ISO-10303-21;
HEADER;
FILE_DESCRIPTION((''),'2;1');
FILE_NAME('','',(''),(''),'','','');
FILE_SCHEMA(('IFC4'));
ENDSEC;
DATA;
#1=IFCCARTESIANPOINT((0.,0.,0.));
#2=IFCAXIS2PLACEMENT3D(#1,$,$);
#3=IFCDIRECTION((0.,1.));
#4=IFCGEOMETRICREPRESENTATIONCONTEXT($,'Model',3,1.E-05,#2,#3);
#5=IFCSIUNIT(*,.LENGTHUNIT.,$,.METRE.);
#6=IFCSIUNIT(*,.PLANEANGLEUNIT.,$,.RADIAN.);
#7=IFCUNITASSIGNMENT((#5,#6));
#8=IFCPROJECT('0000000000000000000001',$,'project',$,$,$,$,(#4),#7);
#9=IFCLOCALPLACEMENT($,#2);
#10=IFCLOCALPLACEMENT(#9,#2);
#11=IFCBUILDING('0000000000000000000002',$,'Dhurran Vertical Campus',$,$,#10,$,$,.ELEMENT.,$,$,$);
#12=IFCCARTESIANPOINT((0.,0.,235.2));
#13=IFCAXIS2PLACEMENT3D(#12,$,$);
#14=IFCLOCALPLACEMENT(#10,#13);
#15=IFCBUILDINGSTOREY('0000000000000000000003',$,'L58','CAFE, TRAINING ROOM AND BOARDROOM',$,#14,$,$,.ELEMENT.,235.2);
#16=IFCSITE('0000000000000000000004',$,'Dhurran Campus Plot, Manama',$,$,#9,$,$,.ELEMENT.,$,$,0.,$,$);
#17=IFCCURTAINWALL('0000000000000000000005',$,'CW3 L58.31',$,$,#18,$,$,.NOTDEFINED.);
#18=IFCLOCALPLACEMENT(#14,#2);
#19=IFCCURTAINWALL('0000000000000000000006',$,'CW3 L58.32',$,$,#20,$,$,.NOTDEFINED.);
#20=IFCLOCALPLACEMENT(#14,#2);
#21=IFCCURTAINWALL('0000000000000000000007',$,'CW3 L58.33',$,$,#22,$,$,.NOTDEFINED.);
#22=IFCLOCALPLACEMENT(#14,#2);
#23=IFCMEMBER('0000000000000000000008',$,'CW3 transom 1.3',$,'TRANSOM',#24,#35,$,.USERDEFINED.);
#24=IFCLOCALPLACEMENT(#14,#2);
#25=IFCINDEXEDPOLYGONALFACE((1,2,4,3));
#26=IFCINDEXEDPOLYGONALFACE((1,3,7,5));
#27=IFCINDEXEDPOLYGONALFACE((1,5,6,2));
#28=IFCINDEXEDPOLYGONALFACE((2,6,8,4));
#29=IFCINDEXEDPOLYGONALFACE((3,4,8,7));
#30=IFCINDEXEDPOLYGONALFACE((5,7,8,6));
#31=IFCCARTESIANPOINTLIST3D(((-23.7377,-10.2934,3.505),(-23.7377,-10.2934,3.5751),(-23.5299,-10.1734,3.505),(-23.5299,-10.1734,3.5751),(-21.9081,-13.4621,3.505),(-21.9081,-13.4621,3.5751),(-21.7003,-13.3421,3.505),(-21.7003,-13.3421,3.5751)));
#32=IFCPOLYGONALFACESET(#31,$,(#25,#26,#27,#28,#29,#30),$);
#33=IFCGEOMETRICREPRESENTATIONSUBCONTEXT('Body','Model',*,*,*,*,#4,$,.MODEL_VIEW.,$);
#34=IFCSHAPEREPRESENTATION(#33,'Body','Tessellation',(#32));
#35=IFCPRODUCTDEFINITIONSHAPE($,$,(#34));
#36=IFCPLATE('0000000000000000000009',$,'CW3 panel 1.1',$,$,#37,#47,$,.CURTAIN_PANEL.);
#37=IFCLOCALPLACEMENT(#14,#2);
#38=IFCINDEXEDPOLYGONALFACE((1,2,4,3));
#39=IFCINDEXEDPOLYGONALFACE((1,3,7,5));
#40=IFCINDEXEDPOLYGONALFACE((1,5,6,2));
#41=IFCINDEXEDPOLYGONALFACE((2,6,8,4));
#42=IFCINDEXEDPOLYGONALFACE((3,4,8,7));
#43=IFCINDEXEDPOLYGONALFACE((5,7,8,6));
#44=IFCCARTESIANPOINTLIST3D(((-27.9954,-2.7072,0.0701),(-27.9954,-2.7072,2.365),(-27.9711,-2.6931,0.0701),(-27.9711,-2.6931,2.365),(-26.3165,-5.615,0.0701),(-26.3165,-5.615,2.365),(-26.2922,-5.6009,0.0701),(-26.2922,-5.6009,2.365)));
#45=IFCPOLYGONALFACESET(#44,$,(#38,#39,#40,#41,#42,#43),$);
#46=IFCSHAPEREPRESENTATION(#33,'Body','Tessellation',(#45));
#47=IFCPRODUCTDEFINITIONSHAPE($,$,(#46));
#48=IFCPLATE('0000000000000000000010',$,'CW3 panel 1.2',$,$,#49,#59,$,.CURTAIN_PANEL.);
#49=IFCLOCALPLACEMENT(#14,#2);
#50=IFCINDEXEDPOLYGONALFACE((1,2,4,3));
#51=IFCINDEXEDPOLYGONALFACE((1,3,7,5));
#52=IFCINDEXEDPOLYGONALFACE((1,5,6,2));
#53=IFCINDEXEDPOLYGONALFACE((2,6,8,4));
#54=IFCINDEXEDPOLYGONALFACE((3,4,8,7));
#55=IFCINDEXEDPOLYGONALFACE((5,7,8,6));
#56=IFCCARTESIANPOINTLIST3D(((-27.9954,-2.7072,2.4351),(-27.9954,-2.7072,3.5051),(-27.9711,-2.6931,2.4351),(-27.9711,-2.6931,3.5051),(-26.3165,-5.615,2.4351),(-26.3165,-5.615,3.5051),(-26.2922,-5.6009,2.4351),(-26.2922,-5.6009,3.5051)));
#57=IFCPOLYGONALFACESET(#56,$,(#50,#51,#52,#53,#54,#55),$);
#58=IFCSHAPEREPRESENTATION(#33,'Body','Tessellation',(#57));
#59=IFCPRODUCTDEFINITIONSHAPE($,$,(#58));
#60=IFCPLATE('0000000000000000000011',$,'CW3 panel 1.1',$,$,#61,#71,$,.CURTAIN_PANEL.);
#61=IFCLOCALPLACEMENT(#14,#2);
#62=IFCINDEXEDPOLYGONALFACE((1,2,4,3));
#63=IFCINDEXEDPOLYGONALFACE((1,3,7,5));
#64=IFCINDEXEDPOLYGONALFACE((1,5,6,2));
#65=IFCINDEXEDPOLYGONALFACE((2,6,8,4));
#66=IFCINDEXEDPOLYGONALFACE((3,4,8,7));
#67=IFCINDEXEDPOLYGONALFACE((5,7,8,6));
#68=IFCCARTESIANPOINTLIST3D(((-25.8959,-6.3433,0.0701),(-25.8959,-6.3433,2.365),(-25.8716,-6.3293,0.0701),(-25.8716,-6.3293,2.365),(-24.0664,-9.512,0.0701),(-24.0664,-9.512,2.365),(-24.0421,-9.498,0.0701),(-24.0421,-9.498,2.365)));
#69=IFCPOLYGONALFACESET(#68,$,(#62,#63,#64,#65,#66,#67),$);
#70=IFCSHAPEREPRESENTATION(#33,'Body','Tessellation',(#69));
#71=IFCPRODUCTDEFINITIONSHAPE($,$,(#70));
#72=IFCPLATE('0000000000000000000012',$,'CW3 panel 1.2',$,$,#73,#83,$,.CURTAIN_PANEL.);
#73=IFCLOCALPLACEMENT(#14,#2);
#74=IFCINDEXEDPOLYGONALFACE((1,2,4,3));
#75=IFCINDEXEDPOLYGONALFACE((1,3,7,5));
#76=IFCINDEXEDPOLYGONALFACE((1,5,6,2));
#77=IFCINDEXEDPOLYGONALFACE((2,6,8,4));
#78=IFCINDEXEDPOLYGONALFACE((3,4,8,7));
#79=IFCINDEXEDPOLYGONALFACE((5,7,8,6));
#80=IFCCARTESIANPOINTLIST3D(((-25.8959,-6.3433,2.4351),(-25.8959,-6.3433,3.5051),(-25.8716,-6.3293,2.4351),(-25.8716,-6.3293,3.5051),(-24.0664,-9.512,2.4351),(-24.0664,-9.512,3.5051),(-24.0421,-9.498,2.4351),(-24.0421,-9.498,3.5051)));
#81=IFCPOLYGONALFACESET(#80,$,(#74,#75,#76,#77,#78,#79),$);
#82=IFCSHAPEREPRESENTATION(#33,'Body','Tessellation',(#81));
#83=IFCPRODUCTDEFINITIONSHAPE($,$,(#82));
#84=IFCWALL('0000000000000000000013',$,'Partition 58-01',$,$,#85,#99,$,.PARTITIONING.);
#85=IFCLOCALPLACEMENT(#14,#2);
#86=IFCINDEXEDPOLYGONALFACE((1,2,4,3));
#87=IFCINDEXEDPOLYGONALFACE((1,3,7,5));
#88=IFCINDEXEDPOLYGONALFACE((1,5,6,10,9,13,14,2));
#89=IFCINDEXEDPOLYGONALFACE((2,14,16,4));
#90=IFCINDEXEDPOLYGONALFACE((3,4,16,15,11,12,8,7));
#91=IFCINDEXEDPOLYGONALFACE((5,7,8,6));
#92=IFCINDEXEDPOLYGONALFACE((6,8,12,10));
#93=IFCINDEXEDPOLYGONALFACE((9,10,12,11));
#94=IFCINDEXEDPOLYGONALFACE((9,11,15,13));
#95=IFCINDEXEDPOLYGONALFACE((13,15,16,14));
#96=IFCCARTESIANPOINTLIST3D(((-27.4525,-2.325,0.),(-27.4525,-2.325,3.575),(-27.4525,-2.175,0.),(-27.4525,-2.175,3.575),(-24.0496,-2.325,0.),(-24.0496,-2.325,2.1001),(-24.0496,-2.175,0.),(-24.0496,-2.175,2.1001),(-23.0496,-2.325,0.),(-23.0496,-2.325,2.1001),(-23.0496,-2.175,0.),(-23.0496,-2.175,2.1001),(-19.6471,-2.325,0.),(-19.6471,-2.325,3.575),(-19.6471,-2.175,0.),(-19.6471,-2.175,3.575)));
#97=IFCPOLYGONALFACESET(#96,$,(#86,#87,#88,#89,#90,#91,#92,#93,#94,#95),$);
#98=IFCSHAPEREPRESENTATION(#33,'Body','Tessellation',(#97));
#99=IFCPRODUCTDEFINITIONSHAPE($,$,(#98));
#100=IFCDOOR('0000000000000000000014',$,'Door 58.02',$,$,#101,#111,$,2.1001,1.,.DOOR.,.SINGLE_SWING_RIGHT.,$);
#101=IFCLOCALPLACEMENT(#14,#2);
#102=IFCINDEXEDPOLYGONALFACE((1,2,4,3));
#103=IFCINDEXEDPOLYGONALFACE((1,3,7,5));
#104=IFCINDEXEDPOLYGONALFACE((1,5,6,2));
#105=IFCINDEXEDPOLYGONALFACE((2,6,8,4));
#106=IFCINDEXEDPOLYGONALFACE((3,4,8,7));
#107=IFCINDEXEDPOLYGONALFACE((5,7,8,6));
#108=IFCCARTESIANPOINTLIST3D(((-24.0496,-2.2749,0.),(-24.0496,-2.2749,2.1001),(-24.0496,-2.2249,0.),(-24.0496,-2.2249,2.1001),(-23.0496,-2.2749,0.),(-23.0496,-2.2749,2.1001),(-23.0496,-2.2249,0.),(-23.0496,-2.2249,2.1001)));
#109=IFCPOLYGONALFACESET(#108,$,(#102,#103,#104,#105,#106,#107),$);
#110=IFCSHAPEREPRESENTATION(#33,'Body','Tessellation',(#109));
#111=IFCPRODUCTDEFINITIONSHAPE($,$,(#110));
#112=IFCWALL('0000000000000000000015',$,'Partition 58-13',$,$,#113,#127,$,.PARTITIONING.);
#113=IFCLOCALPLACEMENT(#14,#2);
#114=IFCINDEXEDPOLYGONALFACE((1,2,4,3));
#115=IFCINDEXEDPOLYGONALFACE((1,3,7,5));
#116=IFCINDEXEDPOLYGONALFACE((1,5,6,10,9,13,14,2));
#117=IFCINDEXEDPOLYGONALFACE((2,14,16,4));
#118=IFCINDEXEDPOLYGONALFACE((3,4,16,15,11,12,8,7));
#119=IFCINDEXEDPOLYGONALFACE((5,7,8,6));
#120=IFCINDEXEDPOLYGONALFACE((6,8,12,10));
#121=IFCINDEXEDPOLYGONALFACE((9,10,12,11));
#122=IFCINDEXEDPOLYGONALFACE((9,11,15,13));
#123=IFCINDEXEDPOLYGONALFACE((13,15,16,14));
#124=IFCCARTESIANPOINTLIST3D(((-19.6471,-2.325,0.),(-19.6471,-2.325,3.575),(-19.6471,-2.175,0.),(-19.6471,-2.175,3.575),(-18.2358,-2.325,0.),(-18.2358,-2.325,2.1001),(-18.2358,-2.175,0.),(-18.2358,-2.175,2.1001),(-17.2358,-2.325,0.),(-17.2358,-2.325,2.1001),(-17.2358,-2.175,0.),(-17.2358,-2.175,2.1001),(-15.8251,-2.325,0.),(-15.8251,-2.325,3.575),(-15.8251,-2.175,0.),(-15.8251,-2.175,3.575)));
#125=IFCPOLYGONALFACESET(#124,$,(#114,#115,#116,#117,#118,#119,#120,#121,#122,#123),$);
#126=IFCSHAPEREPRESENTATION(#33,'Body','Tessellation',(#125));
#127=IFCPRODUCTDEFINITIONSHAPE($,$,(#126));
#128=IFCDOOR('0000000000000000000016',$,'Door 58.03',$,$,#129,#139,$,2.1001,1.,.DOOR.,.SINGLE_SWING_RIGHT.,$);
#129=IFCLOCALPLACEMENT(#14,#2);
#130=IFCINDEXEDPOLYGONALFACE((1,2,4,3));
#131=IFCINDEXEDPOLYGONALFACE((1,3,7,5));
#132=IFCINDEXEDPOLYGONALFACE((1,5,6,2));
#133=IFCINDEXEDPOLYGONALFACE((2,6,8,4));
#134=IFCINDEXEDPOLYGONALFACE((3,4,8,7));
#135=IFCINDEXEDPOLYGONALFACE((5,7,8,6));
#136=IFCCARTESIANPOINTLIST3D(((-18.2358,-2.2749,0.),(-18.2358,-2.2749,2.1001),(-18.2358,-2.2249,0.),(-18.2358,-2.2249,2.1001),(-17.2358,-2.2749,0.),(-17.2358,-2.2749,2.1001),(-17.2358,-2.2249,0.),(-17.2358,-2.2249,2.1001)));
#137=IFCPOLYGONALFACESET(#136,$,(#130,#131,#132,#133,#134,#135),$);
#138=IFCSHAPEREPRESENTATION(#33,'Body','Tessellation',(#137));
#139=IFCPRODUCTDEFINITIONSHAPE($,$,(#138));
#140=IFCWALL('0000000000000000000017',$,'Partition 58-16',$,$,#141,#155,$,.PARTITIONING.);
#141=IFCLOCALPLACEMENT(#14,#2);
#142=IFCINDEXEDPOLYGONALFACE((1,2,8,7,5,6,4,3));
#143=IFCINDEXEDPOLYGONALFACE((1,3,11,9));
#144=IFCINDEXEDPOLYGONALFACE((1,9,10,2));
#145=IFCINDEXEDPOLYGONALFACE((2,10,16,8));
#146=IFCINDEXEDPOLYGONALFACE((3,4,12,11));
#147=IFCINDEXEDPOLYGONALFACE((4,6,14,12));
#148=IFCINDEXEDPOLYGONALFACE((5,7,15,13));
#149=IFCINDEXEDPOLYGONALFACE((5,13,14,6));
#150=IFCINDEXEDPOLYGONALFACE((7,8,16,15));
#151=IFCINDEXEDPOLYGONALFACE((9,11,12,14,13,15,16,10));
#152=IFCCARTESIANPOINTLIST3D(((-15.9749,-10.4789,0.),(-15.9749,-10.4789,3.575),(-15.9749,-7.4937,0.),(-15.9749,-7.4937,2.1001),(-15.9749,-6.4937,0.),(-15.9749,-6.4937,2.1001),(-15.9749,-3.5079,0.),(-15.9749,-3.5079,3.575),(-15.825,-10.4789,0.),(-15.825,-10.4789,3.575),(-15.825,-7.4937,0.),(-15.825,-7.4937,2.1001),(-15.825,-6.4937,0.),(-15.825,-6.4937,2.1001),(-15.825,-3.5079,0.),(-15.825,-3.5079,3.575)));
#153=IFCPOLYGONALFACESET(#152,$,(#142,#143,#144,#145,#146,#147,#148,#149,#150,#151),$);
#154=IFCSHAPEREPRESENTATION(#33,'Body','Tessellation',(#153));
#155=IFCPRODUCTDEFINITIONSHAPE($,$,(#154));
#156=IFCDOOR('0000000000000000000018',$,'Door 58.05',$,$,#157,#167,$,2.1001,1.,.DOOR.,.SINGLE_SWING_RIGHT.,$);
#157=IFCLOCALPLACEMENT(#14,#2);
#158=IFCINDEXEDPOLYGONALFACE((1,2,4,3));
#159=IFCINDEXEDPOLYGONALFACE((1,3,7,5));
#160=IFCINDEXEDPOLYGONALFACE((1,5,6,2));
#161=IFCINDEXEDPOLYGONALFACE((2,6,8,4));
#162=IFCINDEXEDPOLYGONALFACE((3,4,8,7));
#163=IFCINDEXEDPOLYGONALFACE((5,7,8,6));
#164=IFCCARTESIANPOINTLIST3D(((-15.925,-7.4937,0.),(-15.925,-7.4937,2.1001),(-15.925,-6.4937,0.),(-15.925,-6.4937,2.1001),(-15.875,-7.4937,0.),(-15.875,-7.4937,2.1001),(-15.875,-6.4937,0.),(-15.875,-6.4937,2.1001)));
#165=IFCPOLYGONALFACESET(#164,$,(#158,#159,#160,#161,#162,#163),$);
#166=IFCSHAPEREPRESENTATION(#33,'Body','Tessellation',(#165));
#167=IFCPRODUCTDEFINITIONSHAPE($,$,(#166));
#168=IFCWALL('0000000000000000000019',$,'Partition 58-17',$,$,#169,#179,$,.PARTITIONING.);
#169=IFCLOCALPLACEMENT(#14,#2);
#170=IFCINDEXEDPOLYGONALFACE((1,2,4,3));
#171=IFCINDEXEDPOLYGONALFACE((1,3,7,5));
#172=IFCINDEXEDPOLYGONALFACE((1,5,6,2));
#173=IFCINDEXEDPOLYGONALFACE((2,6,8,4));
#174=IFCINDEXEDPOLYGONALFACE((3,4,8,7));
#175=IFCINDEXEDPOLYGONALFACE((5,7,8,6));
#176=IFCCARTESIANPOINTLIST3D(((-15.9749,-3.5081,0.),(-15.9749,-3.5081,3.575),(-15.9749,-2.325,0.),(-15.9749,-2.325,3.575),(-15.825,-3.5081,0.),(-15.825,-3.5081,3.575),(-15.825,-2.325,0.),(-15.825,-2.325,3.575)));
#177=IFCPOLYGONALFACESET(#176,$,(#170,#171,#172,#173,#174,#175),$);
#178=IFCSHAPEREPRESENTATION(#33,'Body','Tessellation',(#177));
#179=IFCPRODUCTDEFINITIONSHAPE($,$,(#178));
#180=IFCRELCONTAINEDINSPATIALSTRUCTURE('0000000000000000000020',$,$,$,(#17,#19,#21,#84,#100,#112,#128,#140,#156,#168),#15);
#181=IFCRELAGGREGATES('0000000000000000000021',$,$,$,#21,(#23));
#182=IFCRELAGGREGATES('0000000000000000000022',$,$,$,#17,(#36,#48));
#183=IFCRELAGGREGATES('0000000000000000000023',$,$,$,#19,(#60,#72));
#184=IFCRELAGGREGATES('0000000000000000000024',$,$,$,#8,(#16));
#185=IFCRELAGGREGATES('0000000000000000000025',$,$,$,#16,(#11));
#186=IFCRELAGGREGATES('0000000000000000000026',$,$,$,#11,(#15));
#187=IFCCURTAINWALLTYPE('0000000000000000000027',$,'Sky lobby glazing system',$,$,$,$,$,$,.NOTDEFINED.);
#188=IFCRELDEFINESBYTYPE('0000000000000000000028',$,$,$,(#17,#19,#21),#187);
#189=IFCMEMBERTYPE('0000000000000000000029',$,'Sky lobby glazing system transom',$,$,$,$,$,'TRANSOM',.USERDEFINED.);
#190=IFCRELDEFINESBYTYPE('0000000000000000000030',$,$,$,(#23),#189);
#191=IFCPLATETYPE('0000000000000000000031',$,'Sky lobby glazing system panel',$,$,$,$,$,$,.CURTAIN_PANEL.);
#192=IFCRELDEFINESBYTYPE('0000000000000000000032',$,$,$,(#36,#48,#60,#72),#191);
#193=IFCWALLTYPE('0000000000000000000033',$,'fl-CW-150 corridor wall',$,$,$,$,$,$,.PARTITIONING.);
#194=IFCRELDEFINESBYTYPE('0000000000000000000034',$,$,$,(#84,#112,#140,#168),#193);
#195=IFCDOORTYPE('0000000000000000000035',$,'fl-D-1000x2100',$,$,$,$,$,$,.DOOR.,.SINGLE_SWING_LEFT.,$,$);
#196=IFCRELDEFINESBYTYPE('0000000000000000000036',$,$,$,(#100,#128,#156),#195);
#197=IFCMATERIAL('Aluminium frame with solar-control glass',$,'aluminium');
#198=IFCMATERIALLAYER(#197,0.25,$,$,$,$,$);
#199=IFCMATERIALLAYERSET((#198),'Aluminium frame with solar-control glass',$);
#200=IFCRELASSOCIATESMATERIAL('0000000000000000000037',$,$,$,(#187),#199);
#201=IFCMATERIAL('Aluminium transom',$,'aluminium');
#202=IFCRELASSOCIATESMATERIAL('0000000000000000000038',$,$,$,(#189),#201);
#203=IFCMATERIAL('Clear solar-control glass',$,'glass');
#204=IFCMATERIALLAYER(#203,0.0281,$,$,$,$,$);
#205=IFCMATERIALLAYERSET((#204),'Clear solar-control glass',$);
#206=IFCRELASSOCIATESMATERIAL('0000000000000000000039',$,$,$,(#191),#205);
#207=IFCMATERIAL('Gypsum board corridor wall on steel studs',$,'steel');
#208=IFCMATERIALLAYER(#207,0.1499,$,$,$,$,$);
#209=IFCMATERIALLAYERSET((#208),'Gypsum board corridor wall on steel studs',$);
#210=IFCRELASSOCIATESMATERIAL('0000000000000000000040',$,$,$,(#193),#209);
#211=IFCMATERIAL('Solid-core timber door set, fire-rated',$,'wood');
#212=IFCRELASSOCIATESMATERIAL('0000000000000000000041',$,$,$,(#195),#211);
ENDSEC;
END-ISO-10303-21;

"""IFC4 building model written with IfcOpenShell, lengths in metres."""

from ifc_helpers import new_model, si_unit, direction, frame, frame_2d, origin, origin_2d, place, context, subcontext, project, spatial, rectangle, extrude, material, layer, layer_set, material_profile, profile_set, type_object, element, fill, aggregate, save


model = new_model("IFC4")

# Units and contexts
model_context = context("Model", 3, precision=1e-05, world=origin(), true_north=direction((0.0, 1.0)))
body_context = subcontext(model_context, "Body", "Model", "MODEL_VIEW")
ifc_project = project(units=[si_unit("LENGTHUNIT", "METRE"), si_unit("PLANEANGLEUNIT", "RADIAN")], contexts=[model_context])

# Site, building, storey
site_placement = place(None, origin())
site = spatial("IfcSite", under=ifc_project, at=site_placement, Name="Dhurran Campus Plot, Manama", CompositionType="ELEMENT", RefElevation=0.0)
building_placement = place(site_placement, origin())
building = spatial("IfcBuilding", under=site, at=building_placement, Name="Dhurran Vertical Campus", CompositionType="ELEMENT")
storey_placement = place(building_placement, frame((0.0, 0.0, 235.2)))
storey = spatial("IfcBuildingStorey", under=building, at=storey_placement, Name="L58", Description="CAFE, TRAINING ROOM AND BOARDROOM", CompositionType="ELEMENT", Elevation=235.2)

# Curtain walls
ifc_material_1 = material(Name="Aluminium frame with solar-control glass", Category="aluminium")
ifc_layer_1 = layer(ifc_material_1, 0.25)
ifc_layer_set_1 = layer_set([ifc_layer_1], Name="Aluminium frame with solar-control glass")
curtain_wall_type = type_object("IfcCurtainWallType", Name="Sky lobby glazing system", PredefinedType="NOTDEFINED", material=ifc_layer_set_1)
curtain_wall_1_placement = place(storey_placement, origin())
curtain_wall_1 = element("IfcCurtainWall", 1, at=curtain_wall_1_placement, inside=storey, type_object=curtain_wall_type, Name="CW3 L58.31", PredefinedType="NOTDEFINED")
curtain_wall_2_placement = place(storey_placement, origin())
curtain_wall_2 = element("IfcCurtainWall", 2, at=curtain_wall_2_placement, inside=storey, type_object=curtain_wall_type, Name="CW3 L58.32", PredefinedType="NOTDEFINED")

# Curtain wall
curtain_wall_3_placement = place(storey_placement, origin())
curtain_wall_3 = element("IfcCurtainWall", 3, at=curtain_wall_3_placement, inside=storey, type_object=curtain_wall_type, Name="CW3 L58.33", PredefinedType="NOTDEFINED")

# Member
ifc_material_2 = material(Name="Aluminium transom", Category="aluminium")
ifc_material_profile_1 = material_profile(ifc_material_2, rectangle(XDim=0.24, YDim=0.0701, at=origin_2d()), Name="Sky lobby glazing system transom")
ifc_profile_set_1 = profile_set([ifc_material_profile_1], Name="Aluminium transom")
member_type_1 = type_object("IfcMemberType", Name="Sky lobby glazing system transom", ElementType="TRANSOM", PredefinedType="USERDEFINED", material=ifc_profile_set_1)
member_1_placement = place(storey_placement, frame((-23.6338, -10.2334, 3.54), z_axis=(0.500029, -0.866009, 0.0), x_axis=(0.866009, 0.500029, 0.0)))
member_1 = element("IfcMember", 4, at=member_1_placement, type_object=member_type_1, Name="CW3 transom 1.3", ObjectType="TRANSOM", PredefinedType="USERDEFINED", context=body_context, shape_type="SweptSolid", body=[
    extrude(rectangle(XDim=0.24, YDim=0.0701, at=origin_2d()), origin(), (0.0, 0.0, 1.0), 3.6589),
])
aggregate(curtain_wall_3, [member_1])

# Plates
ifc_material_3 = material(Name="Clear solar-control glass", Category="glass")
ifc_layer_2 = layer(ifc_material_3, 0.0281)
ifc_layer_set_2 = layer_set([ifc_layer_2], Name="Clear solar-control glass")
plate_type = type_object("IfcPlateType", Name="Sky lobby glazing system panel", PredefinedType="CURTAIN_PANEL", material=ifc_layer_set_2)
plate_1_placement = place(storey_placement, frame((-27.1438, -4.1541, 0.0701), z_axis=(0.0, 0.0, 1.0), x_axis=(0.500001, -0.866025, 0.0)))
plate_1 = element("IfcPlate", 5, at=plate_1_placement, type_object=plate_type, Name="CW3 panel 1.1", PredefinedType="CURTAIN_PANEL", context=body_context, shape_type="SweptSolid", body=[
    extrude(rectangle(XDim=3.3577, YDim=0.0281, at=origin_2d()), origin(), (0.0, 0.0, 1.0), 2.2949),
])
plate_2_placement = place(storey_placement, frame((-27.1438, -4.1541, 2.4351), z_axis=(0.0, 0.0, 1.0), x_axis=(0.500001, -0.866025, 0.0)))
plate_2 = element("IfcPlate", 6, at=plate_2_placement, type_object=plate_type, Name="CW3 panel 1.2", PredefinedType="CURTAIN_PANEL", context=body_context, shape_type="SweptSolid", body=[
    extrude(rectangle(XDim=3.3577, YDim=0.0281, at=origin_2d()), origin(), (0.0, 0.0, 1.0), 1.0701),
])
aggregate(curtain_wall_1, [plate_1, plate_2])
plate_3_placement = place(storey_placement, frame((-24.969, -7.9207, 0.0701), z_axis=(0.0, 0.0, 1.0), x_axis=(0.500003, -0.866023, 0.0)))
plate_3 = element("IfcPlate", 7, at=plate_3_placement, type_object=plate_type, Name="CW3 panel 1.1", PredefinedType="CURTAIN_PANEL", context=body_context, shape_type="SweptSolid", body=[
    extrude(rectangle(XDim=3.6589, YDim=0.0281, at=origin_2d()), origin(), (0.0, 0.0, 1.0), 2.2949),
])
plate_4_placement = place(storey_placement, frame((-24.969, -7.9207, 2.4351), z_axis=(0.0, 0.0, 1.0), x_axis=(0.500003, -0.866023, 0.0)))
plate_4 = element("IfcPlate", 8, at=plate_4_placement, type_object=plate_type, Name="CW3 panel 1.2", PredefinedType="CURTAIN_PANEL", context=body_context, shape_type="SweptSolid", body=[
    extrude(rectangle(XDim=3.6589, YDim=0.0281, at=origin_2d()), origin(), (0.0, 0.0, 1.0), 1.0701),
])
aggregate(curtain_wall_2, [plate_3, plate_4])

# Walls, openings, doors
ifc_material_4 = material(Name="Gypsum board corridor wall on steel studs", Category="steel")
ifc_layer_3 = layer(ifc_material_4, 0.1499)
ifc_layer_set_3 = layer_set([ifc_layer_3], Name="Gypsum board corridor wall on steel studs")
wall_type_1 = type_object("IfcWallType", Name="fl-CW-150 corridor wall", PredefinedType="PARTITIONING", material=ifc_layer_set_3)
wall_1_placement = place(storey_placement, frame((-19.647, -2.25, 0.0), z_axis=(0.0, 0.0, 1.0), x_axis=(-1.0, 0.0, 0.0)))
wall_1 = element("IfcWall", 9, at=wall_1_placement, inside=storey, type_object=wall_type_1, Name="Partition 58-01", PredefinedType="PARTITIONING", context=body_context, shape_type="SweptSolid", body=[
    extrude(rectangle(XDim=7.8054, YDim=0.1499, at=frame_2d((3.9028, 0.0))), origin(), (0.0, 0.0, 1.0), 3.575),
])
opening_1_placement = place(wall_1_placement, frame((3.4026, 0.0, 0.0)))
opening_1 = element("IfcOpeningElement", 10, at=opening_1_placement, cuts=wall_1, PredefinedType="OPENING", context=body_context, shape_type="SweptSolid", body=[
    extrude(rectangle(XDim=1.0, YDim=2.1001, at=frame_2d((0.5, 1.05))), frame((0.0, 0.085, 0.0), z_axis=(0.0, -1.0, 0.0), x_axis=(1.0, 0.0, 0.0)), (0.0, 0.0, 1.0), 0.1699),
])
ifc_material_5 = material(Name="Solid-core timber door set, fire-rated", Category="wood")
door_type = type_object("IfcDoorType", Name="fl-D-1000x2100", OperationType="SINGLE_SWING_LEFT", PredefinedType="DOOR", material=ifc_material_5)
door_1_placement = place(opening_1_placement, origin())
door_1 = element("IfcDoor", 11, at=door_1_placement, inside=storey, type_object=door_type, Name="Door 58.02", OperationType="SINGLE_SWING_RIGHT", OverallHeight=2.1001, OverallWidth=1.0, PredefinedType="DOOR", context=body_context, shape_type="SweptSolid", body=[
    extrude(rectangle(XDim=1.0, YDim=2.1001, at=frame_2d((0.5, 1.05))), frame((0.0, 0.0249, 0.0), z_axis=(0.0, -1.0, 0.0), x_axis=(1.0, 0.0, 0.0)), (0.0, 0.0, 1.0), 0.05),
])
fill(opening_1, door_1)
wall_2_placement = place(storey_placement, frame((-15.825, -2.25, 0.0), z_axis=(0.0, 0.0, 1.0), x_axis=(-1.0, 0.0, 0.0)))
wall_2 = element("IfcWall", 12, at=wall_2_placement, inside=storey, type_object=wall_type_1, Name="Partition 58-13", PredefinedType="PARTITIONING", context=body_context, shape_type="SweptSolid", body=[
    extrude(rectangle(XDim=3.822, YDim=0.1499, at=frame_2d((1.9111, 0.0))), origin(), (0.0, 0.0, 1.0), 3.575),
])
opening_2_placement = place(wall_2_placement, frame((1.4109, 0.0, 0.0)))
opening_2 = element("IfcOpeningElement", 13, at=opening_2_placement, cuts=wall_2, PredefinedType="OPENING", context=body_context, shape_type="SweptSolid", body=[
    extrude(rectangle(XDim=1.0, YDim=2.1001, at=frame_2d((0.5, 1.05))), frame((0.0, 0.085, 0.0), z_axis=(0.0, -1.0, 0.0), x_axis=(1.0, 0.0, 0.0)), (0.0, 0.0, 1.0), 0.1699),
])
door_2_placement = place(opening_2_placement, origin())
door_2 = element("IfcDoor", 14, at=door_2_placement, inside=storey, type_object=door_type, Name="Door 58.03", OperationType="SINGLE_SWING_RIGHT", OverallHeight=2.1001, OverallWidth=1.0, PredefinedType="DOOR", context=body_context, shape_type="SweptSolid", body=[
    extrude(rectangle(XDim=1.0, YDim=2.1001, at=frame_2d((0.5, 1.05))), frame((0.0, 0.0249, 0.0), z_axis=(0.0, -1.0, 0.0), x_axis=(1.0, 0.0, 0.0)), (0.0, 0.0, 1.0), 0.05),
])
fill(opening_2, door_2)
wall_3_placement = place(storey_placement, frame((-15.8999, -3.5081, 0.0), z_axis=(0.0, 0.0, 1.0), x_axis=(0.0, -1.0, 0.0)))
wall_3 = element("IfcWall", 15, at=wall_3_placement, inside=storey, type_object=wall_type_1, Name="Partition 58-16", PredefinedType="PARTITIONING", context=body_context, shape_type="SweptSolid", body=[
    extrude(rectangle(XDim=6.9709, YDim=0.1499, at=frame_2d((3.4854, 0.0))), origin(), (0.0, 0.0, 1.0), 3.575),
])
opening_3_placement = place(wall_3_placement, frame((2.9856, 0.0, 0.0)))
opening_3 = element("IfcOpeningElement", 16, at=opening_3_placement, cuts=wall_3, PredefinedType="OPENING", context=body_context, shape_type="SweptSolid", body=[
    extrude(rectangle(XDim=1.0, YDim=2.1001, at=frame_2d((0.5, 1.05))), frame((0.0, 0.085, 0.0), z_axis=(0.0, -1.0, 0.0), x_axis=(1.0, 0.0, 0.0)), (0.0, 0.0, 1.0), 0.1699),
])
door_3_placement = place(opening_3_placement, origin())
door_3 = element("IfcDoor", 17, at=door_3_placement, inside=storey, type_object=door_type, Name="Door 58.05", OperationType="SINGLE_SWING_RIGHT", OverallHeight=2.1001, OverallWidth=1.0, PredefinedType="DOOR", context=body_context, shape_type="SweptSolid", body=[
    extrude(rectangle(XDim=1.0, YDim=2.1001, at=frame_2d((0.5, 1.05))), frame((0.0, 0.0249, 0.0), z_axis=(0.0, -1.0, 0.0), x_axis=(1.0, 0.0, 0.0)), (0.0, 0.0, 1.0), 0.05),
])
fill(opening_3, door_3)

# Wall
wall_4_placement = place(storey_placement, frame((-15.8999, -2.325, 0.0), z_axis=(0.0, 0.0, 1.0), x_axis=(0.0, -1.0, 0.0)))
element("IfcWall", 18, at=wall_4_placement, inside=storey, type_object=wall_type_1, Name="Partition 58-17", PredefinedType="PARTITIONING", context=body_context, shape_type="SweptSolid", body=[
    extrude(rectangle(XDim=1.1831, YDim=0.1499, at=frame_2d((0.5916, 0.0))), origin(), (0.0, 0.0, 1.0), 3.575),
])

save(model, "model.ifc")
